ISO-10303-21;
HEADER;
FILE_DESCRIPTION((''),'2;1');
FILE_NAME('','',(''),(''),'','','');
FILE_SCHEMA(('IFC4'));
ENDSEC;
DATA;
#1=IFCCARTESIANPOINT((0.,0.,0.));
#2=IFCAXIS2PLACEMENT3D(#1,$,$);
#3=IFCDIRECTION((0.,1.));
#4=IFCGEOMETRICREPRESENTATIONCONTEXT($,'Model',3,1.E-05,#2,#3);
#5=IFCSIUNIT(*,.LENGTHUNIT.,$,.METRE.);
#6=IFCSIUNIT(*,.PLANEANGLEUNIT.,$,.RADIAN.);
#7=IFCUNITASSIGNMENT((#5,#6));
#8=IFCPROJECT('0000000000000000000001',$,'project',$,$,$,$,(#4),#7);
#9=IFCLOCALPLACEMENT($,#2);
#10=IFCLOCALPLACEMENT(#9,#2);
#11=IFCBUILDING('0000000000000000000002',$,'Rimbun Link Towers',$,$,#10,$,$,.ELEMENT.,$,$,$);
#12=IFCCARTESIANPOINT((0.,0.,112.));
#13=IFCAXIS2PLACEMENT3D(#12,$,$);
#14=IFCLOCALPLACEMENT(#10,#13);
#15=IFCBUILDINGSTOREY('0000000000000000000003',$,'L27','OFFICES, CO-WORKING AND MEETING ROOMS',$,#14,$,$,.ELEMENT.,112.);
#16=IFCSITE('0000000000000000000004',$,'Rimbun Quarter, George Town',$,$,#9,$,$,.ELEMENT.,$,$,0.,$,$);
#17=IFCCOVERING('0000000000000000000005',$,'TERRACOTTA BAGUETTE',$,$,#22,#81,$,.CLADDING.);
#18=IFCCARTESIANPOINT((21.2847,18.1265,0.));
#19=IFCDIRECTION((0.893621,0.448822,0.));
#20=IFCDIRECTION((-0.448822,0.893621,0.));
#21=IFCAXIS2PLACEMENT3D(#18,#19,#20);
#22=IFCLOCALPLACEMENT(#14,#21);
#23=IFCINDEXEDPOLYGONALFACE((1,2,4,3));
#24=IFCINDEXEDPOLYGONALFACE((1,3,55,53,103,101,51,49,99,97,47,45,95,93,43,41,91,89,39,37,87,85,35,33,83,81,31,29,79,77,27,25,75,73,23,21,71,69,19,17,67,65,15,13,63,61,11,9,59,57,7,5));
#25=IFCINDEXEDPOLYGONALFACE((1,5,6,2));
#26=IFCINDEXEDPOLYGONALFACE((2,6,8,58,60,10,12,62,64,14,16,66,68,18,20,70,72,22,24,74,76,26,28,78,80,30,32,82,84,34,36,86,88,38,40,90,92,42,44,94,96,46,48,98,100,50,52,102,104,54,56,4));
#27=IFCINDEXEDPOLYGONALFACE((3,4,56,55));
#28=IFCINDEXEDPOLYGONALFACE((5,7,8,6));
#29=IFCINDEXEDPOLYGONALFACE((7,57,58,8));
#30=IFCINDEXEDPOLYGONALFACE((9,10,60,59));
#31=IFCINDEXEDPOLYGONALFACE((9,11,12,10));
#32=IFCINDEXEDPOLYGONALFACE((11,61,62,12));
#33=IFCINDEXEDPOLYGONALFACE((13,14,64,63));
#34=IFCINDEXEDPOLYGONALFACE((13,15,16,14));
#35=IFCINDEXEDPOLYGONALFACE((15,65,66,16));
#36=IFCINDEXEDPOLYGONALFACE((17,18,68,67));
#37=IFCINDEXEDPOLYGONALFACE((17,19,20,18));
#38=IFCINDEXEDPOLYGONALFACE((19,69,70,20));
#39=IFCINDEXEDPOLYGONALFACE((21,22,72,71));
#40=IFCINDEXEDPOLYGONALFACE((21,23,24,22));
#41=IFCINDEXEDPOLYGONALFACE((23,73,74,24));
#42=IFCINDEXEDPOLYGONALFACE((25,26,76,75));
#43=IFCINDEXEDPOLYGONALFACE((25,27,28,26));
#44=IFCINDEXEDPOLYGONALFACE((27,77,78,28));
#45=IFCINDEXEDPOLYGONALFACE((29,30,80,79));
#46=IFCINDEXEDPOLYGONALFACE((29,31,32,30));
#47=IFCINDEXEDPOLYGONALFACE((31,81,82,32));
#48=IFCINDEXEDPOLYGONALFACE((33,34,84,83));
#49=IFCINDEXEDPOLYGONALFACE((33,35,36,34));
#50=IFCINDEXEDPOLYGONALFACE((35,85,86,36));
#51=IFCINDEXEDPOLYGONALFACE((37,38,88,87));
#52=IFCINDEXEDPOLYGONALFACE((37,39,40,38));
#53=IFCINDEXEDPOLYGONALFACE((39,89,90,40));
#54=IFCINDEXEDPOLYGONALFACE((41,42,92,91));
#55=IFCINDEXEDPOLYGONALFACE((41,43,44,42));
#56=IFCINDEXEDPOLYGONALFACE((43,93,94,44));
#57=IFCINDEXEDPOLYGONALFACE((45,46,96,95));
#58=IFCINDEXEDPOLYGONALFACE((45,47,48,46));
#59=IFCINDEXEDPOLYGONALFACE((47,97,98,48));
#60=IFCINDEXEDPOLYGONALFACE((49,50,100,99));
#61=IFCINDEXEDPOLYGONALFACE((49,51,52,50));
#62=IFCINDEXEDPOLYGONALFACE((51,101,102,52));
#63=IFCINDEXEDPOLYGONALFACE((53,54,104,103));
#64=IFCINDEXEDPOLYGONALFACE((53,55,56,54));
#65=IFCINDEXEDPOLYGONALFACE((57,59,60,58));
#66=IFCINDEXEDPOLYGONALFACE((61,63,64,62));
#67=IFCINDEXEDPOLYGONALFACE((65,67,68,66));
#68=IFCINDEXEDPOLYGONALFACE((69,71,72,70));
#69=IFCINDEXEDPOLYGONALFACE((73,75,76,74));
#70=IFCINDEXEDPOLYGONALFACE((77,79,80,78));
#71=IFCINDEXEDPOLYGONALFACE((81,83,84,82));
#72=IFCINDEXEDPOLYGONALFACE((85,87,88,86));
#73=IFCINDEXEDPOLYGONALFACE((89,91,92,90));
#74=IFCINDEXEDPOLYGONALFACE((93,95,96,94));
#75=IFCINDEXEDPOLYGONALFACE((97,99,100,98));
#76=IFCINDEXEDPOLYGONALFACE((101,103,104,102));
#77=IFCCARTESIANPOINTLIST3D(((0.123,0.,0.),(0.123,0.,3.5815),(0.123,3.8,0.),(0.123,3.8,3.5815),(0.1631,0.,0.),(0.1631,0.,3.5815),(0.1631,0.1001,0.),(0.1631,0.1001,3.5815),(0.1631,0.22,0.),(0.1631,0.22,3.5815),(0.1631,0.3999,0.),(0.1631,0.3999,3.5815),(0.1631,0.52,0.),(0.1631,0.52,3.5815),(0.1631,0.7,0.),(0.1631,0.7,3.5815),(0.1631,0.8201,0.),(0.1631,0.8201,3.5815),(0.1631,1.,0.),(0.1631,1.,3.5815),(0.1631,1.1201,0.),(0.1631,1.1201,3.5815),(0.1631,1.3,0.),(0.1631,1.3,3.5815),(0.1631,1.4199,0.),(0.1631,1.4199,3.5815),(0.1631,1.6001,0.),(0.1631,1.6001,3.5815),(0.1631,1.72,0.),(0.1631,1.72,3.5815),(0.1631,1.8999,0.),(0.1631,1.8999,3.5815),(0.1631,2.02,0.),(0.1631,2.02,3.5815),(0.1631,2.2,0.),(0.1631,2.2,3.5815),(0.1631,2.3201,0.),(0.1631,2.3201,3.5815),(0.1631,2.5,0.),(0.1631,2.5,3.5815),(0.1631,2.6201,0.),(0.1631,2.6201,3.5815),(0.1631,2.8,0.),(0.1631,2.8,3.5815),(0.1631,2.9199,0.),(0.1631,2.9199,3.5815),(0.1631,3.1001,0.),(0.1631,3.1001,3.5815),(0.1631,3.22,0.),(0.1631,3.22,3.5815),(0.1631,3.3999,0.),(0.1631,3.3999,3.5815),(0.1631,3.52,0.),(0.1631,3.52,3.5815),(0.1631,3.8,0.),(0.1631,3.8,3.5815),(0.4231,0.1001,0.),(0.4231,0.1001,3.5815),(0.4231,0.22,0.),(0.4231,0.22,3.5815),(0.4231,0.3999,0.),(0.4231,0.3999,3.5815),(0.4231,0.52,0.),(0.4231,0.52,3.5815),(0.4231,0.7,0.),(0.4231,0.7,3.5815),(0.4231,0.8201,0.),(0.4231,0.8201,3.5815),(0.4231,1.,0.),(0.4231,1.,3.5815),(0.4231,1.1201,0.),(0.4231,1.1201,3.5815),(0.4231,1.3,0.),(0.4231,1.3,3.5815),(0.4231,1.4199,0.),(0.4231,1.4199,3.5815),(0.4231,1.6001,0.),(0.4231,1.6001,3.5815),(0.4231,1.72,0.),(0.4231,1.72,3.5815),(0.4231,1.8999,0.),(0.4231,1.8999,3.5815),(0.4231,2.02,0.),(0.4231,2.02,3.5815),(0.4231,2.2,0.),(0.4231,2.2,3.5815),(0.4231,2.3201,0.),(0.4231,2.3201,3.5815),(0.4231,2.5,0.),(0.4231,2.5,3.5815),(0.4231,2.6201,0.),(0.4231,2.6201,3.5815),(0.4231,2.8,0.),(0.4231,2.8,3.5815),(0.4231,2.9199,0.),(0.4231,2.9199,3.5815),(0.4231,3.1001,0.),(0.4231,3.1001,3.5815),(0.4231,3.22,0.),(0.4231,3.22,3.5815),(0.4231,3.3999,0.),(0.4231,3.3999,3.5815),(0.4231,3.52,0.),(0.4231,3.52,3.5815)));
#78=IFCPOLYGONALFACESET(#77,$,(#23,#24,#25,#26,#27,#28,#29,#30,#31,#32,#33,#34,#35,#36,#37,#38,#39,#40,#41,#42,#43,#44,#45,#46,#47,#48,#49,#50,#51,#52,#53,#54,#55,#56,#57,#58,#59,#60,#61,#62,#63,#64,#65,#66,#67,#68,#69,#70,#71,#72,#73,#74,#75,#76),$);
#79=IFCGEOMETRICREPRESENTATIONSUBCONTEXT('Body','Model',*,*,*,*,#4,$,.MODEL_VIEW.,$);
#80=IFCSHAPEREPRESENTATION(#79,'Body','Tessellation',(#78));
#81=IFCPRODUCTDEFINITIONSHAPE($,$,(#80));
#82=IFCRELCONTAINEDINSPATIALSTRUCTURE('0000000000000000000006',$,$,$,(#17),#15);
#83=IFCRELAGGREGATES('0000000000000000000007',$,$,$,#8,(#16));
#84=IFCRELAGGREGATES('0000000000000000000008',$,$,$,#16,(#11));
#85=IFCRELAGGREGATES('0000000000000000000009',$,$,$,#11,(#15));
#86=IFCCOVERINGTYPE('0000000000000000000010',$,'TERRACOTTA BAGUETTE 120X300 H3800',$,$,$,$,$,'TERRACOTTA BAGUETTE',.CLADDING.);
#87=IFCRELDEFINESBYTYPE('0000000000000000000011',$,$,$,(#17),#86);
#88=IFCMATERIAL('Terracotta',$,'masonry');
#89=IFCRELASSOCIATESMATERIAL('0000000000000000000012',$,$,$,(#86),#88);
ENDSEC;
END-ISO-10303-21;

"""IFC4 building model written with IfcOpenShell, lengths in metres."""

from ifc_helpers import new_model, si_unit, direction, frame, origin, place, context, subcontext, project, spatial, polyline, outline, extrude, material, material_profile, profile_set, type_object, element, save


model = new_model("IFC4")

# Units and contexts
model_context = context("Model", 3, precision=1e-05, world=origin(), true_north=direction((0.0, 1.0)))
body_context = subcontext(model_context, "Body", "Model", "MODEL_VIEW")
ifc_project = project(units=[si_unit("LENGTHUNIT", "METRE"), si_unit("PLANEANGLEUNIT", "RADIAN")], contexts=[model_context])

# Site, building, storey
site_placement = place(None, origin())
site = spatial("IfcSite", under=ifc_project, at=site_placement, Name="Rimbun Quarter, George Town", CompositionType="ELEMENT", RefElevation=0.0)
building_placement = place(site_placement, origin())
building = spatial("IfcBuilding", under=site, at=building_placement, Name="Rimbun Link Towers", CompositionType="ELEMENT")
storey_placement = place(building_placement, frame((0.0, 0.0, 112.0)))
storey = spatial("IfcBuildingStorey", under=building, at=storey_placement, Name="L27", Description="OFFICES, CO-WORKING AND MEETING ROOMS", CompositionType="ELEMENT", Elevation=112.0)

# Covering
ifc_material_1 = material(Name="Terracotta", Category="masonry")
ifc_material_profile_1 = material_profile(ifc_material_1, outline(polyline([(0.123, 0.0), (0.1631, 0.0), (0.1631, 0.1001), (0.4231, 0.1001), (0.4231, 0.22), (0.1631, 0.22), (0.1631, 0.3999), (0.4231, 0.3999), (0.4231, 0.52), (0.1631, 0.52), (0.1631, 0.7), (0.4231, 0.7), (0.4231, 0.8201), (0.1631, 0.8201), (0.1631, 1.0), (0.4231, 1.0), (0.4231, 1.1201), (0.1631, 1.1201), (0.1631, 1.3), (0.4231, 1.3), (0.4231, 1.4199), (0.1631, 1.4199), (0.1631, 1.6001), (0.4231, 1.6001), (0.4231, 1.72), (0.1631, 1.72), (0.1631, 1.8999), (0.4231, 1.8999), (0.4231, 2.02), (0.1631, 2.02), (0.1631, 2.2), (0.4231, 2.2), (0.4231, 2.3201), (0.1631, 2.3201), (0.1631, 2.5), (0.4231, 2.5), (0.4231, 2.6201), (0.1631, 2.6201), (0.1631, 2.8), (0.4231, 2.8), (0.4231, 2.9199), (0.1631, 2.9199), (0.1631, 3.1001), (0.4231, 3.1001), (0.4231, 3.22), (0.1631, 3.22), (0.1631, 3.3999), (0.4231, 3.3999), (0.4231, 3.52), (0.1631, 3.52), (0.1631, 3.8), (0.123, 3.8), (0.123, 0.0)])), Name="BAGUETTE 120X300")
ifc_profile_set_1 = profile_set([ifc_material_profile_1], Name="Terracotta")
covering_type = type_object("IfcCoveringType", Name="TERRACOTTA BAGUETTE 120X300 H3800", ElementType="TERRACOTTA BAGUETTE", PredefinedType="CLADDING", material=ifc_profile_set_1)
covering_1_placement = place(storey_placement, frame((21.2847, 18.1265, 0.0), z_axis=(0.893621, 0.448822, 0.0), x_axis=(-0.448822, 0.893621, 0.0)))
element("IfcCovering", 1, at=covering_1_placement, inside=storey, type_object=covering_type, Name="TERRACOTTA BAGUETTE", PredefinedType="CLADDING", context=body_context, shape_type="SweptSolid", body=[
    extrude(outline(polyline([(0.123, 0.0), (0.1631, 0.0), (0.1631, 0.1001), (0.4231, 0.1001), (0.4231, 0.22), (0.1631, 0.22), (0.1631, 0.3999), (0.4231, 0.3999), (0.4231, 0.52), (0.1631, 0.52), (0.1631, 0.7), (0.4231, 0.7), (0.4231, 0.8201), (0.1631, 0.8201), (0.1631, 1.0), (0.4231, 1.0), (0.4231, 1.1201), (0.1631, 1.1201), (0.1631, 1.3), (0.4231, 1.3), (0.4231, 1.4199), (0.1631, 1.4199), (0.1631, 1.6001), (0.4231, 1.6001), (0.4231, 1.72), (0.1631, 1.72), (0.1631, 1.8999), (0.4231, 1.8999), (0.4231, 2.02), (0.1631, 2.02), (0.1631, 2.2), (0.4231, 2.2), (0.4231, 2.3201), (0.1631, 2.3201), (0.1631, 2.5), (0.4231, 2.5), (0.4231, 2.6201), (0.1631, 2.6201), (0.1631, 2.8), (0.4231, 2.8), (0.4231, 2.9199), (0.1631, 2.9199), (0.1631, 3.1001), (0.4231, 3.1001), (0.4231, 3.22), (0.1631, 3.22), (0.1631, 3.3999), (0.4231, 3.3999), (0.4231, 3.52), (0.1631, 3.52), (0.1631, 3.8), (0.123, 3.8), (0.123, 0.0)])), origin(), (0.0, 0.0, 1.0), 3.5815),
])

save(model, "model.ifc")
